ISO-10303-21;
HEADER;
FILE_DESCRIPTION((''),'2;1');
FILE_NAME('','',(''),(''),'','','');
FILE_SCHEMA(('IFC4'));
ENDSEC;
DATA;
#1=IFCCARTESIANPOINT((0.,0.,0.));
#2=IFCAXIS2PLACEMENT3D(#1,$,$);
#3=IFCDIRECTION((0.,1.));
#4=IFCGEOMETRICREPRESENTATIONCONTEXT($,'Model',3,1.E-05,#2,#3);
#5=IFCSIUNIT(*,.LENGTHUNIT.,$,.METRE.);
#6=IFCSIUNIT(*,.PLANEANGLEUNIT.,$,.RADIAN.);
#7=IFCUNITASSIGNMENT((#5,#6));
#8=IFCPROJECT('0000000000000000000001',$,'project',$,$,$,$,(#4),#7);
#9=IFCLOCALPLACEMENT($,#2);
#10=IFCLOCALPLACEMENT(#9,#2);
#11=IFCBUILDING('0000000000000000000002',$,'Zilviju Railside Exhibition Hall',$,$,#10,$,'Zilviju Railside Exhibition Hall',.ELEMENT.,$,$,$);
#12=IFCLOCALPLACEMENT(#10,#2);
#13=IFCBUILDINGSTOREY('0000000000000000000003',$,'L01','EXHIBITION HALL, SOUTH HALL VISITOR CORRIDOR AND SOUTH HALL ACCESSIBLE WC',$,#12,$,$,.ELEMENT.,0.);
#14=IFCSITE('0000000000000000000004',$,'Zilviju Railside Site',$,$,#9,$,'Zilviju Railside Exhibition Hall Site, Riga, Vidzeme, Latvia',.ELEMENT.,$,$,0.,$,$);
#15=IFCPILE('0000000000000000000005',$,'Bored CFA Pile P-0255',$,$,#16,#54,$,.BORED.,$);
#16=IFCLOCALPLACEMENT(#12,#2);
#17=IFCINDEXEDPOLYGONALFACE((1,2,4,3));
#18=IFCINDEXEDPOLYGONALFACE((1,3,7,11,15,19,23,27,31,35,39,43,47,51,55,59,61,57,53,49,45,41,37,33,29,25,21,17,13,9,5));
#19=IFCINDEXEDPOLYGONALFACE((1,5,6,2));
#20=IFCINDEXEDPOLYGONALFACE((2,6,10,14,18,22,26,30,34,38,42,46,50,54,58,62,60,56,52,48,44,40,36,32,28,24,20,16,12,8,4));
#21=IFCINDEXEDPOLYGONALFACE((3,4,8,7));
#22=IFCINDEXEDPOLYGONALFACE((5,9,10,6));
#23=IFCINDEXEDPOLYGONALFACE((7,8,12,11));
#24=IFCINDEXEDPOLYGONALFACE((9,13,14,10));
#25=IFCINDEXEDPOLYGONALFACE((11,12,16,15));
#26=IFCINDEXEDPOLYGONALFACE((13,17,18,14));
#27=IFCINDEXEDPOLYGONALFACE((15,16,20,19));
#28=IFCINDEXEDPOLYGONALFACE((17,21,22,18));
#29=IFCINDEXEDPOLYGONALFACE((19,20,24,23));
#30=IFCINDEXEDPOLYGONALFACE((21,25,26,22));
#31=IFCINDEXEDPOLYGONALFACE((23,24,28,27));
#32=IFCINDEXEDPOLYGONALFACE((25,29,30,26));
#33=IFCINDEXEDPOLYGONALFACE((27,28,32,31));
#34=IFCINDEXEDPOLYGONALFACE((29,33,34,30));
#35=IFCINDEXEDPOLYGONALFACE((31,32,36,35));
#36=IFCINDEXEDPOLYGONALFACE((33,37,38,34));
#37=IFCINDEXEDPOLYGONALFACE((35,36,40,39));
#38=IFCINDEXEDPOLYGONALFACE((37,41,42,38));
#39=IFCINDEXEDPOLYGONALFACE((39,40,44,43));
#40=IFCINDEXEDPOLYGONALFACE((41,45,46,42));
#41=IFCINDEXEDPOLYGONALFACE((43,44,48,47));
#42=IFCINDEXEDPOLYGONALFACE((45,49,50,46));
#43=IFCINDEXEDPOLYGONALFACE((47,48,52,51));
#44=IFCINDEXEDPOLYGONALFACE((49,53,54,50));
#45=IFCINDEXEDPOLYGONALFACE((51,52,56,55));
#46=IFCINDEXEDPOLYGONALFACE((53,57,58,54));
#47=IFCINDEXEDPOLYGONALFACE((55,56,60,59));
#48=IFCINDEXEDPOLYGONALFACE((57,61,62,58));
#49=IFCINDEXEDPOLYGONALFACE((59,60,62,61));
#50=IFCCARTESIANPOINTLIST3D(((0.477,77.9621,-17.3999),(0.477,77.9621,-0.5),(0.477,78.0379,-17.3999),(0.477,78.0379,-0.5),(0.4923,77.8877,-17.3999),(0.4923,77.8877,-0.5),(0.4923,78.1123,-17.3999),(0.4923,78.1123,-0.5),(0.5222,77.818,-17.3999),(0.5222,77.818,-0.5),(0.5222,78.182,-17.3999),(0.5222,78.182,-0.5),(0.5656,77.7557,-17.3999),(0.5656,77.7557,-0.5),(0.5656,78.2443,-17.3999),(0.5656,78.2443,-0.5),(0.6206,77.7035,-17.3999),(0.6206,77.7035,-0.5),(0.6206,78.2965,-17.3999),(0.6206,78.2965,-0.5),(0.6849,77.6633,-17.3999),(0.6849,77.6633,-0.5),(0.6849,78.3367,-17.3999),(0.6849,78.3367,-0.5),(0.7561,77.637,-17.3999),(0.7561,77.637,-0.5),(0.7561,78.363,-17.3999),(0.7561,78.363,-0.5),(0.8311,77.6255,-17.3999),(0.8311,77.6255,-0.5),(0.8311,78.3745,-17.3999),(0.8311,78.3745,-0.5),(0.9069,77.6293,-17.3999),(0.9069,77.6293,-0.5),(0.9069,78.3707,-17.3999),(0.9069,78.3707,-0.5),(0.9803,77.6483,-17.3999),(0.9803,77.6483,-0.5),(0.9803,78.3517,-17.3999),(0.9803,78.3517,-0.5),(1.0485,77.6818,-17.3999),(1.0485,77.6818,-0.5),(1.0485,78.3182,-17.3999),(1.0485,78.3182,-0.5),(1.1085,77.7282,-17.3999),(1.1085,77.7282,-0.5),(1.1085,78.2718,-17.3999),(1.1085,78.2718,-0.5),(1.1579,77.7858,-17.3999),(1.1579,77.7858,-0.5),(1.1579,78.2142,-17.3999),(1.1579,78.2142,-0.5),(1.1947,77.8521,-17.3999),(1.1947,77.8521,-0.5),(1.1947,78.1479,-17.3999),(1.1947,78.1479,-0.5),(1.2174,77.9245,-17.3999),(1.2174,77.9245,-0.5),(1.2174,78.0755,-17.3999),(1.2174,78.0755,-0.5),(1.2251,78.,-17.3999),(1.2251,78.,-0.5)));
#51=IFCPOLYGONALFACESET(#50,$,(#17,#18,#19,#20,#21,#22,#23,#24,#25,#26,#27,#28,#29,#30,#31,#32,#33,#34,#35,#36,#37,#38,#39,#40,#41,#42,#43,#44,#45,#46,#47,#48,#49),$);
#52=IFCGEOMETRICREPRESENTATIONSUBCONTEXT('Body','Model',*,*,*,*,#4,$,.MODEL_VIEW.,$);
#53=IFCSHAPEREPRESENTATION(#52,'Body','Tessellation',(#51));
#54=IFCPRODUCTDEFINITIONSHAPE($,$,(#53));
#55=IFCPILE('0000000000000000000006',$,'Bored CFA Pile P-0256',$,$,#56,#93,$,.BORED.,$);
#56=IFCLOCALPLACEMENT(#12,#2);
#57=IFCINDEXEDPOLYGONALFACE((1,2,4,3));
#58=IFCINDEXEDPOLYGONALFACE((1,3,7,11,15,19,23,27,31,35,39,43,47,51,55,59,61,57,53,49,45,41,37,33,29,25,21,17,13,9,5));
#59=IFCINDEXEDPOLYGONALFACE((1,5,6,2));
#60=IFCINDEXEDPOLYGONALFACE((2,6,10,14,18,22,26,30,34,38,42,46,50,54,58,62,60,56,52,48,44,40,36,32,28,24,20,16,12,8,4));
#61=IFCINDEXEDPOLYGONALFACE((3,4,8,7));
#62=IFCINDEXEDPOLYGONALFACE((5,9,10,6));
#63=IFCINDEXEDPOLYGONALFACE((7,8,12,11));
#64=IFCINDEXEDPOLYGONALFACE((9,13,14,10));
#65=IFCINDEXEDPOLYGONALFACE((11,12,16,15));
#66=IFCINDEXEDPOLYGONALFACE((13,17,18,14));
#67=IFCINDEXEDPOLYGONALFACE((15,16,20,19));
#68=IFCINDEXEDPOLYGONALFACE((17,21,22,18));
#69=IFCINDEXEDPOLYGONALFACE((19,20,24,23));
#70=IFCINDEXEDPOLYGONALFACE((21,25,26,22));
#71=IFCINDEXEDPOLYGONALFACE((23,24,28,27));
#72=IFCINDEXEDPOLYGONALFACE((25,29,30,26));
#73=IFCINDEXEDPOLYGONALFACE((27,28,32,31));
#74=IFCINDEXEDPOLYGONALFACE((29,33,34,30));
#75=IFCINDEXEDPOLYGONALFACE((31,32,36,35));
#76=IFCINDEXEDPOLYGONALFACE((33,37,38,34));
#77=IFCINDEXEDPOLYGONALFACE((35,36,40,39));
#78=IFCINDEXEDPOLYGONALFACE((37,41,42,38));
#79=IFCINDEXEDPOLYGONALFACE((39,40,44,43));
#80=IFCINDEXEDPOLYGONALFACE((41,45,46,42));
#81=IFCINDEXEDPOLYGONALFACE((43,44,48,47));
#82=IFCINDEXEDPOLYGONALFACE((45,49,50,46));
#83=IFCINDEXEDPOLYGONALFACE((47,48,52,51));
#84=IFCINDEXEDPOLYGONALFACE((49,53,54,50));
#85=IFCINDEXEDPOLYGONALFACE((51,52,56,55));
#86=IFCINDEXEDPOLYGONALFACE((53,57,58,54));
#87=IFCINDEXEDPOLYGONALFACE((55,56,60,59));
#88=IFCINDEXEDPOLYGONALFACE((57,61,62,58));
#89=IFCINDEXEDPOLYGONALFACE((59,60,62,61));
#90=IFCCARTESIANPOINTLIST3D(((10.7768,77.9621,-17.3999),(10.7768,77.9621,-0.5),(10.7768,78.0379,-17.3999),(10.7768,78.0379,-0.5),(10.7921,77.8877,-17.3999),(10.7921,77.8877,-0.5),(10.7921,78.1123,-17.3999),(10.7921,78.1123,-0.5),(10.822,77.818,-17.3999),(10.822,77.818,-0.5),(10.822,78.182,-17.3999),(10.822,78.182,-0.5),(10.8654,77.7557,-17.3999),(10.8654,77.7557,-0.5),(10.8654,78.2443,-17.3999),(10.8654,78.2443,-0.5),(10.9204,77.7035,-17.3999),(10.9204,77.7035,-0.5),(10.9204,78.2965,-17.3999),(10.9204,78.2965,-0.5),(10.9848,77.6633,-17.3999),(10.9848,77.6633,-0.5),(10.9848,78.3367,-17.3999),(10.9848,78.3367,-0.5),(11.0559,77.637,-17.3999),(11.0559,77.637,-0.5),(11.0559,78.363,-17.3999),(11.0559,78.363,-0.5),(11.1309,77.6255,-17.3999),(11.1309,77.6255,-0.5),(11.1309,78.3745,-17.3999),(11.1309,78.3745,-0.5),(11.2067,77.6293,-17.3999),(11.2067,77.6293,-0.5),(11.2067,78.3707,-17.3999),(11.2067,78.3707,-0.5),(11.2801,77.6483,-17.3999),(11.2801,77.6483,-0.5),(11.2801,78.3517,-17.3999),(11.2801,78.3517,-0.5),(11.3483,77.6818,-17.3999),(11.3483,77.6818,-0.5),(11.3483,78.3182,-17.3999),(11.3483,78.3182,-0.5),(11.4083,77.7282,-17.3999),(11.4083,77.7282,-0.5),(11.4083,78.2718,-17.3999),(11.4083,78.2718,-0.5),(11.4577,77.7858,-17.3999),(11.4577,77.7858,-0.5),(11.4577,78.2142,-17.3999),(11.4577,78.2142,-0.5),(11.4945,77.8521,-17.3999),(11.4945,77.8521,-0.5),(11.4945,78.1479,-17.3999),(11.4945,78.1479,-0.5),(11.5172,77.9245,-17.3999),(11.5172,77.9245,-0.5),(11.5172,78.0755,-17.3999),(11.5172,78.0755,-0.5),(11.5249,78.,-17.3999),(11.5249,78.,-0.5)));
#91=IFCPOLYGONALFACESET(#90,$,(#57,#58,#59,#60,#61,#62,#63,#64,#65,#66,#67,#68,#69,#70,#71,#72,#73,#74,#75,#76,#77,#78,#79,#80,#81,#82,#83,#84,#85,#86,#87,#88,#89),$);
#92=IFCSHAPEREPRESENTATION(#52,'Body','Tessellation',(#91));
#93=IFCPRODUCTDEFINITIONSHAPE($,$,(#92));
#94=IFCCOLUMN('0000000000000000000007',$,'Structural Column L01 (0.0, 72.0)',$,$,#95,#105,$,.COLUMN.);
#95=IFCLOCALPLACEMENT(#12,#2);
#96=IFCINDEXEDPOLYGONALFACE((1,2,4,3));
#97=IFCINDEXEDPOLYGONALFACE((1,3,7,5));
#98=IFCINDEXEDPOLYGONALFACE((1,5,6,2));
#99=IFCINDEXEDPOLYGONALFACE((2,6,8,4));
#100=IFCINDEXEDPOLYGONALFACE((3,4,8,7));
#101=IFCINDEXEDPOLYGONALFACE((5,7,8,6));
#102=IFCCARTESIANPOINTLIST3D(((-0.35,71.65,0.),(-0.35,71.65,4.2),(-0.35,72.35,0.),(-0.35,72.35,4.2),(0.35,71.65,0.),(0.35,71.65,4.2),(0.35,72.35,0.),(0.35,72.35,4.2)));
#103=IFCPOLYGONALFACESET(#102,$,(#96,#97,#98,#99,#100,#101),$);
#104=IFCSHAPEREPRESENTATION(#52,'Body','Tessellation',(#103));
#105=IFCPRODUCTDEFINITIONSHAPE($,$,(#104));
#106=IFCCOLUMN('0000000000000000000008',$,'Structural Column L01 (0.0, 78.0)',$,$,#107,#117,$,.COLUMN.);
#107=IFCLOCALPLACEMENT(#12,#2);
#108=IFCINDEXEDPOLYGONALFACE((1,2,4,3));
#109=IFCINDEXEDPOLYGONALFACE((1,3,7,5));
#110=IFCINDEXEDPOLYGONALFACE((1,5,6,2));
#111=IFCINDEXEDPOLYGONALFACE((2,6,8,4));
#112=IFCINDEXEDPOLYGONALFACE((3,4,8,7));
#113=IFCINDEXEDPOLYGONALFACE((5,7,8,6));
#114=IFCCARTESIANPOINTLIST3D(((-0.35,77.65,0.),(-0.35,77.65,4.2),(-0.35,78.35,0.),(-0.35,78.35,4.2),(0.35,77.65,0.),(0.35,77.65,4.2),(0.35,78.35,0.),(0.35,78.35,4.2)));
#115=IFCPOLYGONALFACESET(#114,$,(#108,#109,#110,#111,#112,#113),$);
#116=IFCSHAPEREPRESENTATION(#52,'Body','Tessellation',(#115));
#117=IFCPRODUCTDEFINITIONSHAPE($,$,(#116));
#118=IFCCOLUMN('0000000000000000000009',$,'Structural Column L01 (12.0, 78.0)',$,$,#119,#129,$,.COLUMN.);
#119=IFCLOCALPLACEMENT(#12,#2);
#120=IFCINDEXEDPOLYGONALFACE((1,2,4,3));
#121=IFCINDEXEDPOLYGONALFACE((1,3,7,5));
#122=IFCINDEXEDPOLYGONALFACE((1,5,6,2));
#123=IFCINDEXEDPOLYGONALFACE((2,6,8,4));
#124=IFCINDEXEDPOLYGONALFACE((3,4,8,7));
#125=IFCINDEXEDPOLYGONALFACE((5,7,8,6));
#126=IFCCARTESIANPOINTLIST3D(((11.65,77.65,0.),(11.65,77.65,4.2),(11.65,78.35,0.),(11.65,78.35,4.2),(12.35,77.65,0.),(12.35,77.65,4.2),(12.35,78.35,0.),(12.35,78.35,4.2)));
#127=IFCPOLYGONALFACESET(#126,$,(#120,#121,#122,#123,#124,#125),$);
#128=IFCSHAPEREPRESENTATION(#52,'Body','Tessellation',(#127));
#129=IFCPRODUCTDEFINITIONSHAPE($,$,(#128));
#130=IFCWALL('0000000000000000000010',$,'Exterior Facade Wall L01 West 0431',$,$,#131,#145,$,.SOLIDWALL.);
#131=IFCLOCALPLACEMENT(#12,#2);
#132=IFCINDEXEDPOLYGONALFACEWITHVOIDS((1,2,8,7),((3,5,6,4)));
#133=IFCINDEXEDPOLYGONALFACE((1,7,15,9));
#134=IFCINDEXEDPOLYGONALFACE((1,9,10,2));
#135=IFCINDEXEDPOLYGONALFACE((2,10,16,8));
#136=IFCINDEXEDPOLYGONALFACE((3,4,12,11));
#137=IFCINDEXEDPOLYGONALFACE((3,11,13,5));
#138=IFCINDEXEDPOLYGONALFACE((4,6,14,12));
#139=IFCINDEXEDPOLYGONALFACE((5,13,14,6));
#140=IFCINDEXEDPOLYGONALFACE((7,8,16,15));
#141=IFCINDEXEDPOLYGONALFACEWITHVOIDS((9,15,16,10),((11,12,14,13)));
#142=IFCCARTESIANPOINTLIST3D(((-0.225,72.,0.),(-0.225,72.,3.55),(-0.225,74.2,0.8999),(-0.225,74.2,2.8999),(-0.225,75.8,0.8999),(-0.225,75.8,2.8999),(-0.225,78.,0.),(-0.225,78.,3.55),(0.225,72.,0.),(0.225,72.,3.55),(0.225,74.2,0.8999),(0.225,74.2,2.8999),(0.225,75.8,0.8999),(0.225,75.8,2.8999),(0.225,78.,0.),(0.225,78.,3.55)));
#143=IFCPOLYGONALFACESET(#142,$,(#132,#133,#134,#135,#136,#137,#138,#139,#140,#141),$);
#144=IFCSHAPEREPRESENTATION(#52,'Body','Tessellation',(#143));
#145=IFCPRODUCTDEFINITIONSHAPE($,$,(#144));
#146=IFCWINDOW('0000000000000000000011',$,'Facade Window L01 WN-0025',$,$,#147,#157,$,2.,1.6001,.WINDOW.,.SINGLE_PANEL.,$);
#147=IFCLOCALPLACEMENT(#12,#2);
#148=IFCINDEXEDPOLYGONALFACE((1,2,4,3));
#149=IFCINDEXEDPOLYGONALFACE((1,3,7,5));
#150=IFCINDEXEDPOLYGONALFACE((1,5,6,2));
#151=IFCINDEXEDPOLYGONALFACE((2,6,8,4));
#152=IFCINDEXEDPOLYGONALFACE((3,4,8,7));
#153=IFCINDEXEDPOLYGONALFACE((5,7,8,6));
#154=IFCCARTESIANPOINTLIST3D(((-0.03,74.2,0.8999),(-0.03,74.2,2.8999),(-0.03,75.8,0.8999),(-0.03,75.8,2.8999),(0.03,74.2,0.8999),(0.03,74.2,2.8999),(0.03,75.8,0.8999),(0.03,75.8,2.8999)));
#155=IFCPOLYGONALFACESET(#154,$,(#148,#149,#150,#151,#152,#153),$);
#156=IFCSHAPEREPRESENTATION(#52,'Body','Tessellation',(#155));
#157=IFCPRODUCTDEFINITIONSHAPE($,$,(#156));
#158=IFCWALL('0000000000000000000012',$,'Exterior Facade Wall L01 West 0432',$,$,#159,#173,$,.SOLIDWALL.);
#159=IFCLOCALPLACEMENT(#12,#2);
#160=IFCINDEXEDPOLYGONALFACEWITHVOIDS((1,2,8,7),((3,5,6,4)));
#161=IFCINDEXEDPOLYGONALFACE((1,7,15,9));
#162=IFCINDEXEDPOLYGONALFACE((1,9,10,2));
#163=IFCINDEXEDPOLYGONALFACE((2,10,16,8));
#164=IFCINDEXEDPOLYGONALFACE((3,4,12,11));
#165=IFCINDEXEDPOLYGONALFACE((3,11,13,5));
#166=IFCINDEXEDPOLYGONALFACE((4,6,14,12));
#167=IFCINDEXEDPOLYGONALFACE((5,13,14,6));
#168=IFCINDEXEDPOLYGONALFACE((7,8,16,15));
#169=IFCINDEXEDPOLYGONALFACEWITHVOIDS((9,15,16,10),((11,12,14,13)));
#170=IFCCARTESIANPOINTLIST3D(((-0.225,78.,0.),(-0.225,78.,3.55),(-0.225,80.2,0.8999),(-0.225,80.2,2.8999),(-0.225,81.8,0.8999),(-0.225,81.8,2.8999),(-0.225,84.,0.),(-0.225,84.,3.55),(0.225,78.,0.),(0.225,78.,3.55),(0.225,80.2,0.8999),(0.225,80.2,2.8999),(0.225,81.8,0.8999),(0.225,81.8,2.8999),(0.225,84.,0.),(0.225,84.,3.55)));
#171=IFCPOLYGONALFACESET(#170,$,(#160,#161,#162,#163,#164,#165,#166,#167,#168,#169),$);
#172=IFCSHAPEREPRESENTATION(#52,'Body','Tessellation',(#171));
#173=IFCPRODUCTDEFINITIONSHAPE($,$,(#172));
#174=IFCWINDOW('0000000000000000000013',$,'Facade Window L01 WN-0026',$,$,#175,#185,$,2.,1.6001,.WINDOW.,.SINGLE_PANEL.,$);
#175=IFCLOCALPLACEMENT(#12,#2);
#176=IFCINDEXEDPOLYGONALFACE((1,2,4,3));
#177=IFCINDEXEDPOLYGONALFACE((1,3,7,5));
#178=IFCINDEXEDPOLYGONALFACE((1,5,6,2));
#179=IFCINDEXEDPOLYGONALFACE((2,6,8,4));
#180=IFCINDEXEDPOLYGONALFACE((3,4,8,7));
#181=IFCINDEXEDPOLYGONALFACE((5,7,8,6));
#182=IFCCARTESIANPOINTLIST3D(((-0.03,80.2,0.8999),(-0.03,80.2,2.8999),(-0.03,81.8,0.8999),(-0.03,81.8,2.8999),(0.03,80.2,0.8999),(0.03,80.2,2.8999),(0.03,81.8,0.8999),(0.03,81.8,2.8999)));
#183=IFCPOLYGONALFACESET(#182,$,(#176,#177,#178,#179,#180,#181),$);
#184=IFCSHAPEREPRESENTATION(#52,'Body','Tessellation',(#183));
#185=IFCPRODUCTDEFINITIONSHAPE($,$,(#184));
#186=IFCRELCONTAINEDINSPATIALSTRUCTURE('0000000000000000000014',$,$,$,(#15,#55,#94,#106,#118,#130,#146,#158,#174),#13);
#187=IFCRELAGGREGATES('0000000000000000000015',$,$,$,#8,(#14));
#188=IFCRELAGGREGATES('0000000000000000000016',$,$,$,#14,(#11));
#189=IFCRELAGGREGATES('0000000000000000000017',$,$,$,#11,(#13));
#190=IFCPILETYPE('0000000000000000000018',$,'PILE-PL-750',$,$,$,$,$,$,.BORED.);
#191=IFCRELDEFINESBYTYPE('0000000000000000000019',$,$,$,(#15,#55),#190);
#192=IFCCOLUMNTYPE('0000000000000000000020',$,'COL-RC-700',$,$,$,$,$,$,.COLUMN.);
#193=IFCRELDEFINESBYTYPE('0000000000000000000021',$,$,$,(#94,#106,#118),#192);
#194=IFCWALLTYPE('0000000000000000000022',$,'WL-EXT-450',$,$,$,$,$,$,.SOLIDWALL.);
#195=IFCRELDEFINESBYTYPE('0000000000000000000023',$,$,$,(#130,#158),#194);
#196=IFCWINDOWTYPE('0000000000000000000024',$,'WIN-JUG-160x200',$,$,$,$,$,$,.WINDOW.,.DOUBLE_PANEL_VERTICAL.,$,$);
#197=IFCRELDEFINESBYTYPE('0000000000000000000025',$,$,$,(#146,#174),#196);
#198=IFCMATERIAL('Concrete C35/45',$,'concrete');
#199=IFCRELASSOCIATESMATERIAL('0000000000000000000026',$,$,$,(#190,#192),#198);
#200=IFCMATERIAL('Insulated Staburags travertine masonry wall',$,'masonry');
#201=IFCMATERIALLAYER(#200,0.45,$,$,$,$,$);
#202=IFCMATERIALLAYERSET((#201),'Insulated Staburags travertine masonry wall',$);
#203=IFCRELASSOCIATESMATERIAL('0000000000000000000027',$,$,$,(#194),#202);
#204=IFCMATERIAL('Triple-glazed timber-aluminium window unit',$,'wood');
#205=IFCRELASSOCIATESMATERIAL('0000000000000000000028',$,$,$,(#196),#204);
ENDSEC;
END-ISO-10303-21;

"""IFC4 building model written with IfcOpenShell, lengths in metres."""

from ifc_helpers import new_model, si_unit, direction, frame, frame_2d, origin, origin_2d, place, context, subcontext, project, spatial, rectangle, circle, extrude, material, layer, layer_set, material_profile, profile_set, type_object, element, fill, save


model = new_model("IFC4")

# Units and contexts
model_context = context("Model", 3, precision=1e-05, world=origin(), true_north=direction((0.0, 1.0)))
body_context = subcontext(model_context, "Body", "Model", "MODEL_VIEW")
ifc_project = project(units=[si_unit("LENGTHUNIT", "METRE"), si_unit("PLANEANGLEUNIT", "RADIAN")], contexts=[model_context])

# Site, building, storey
site_placement = place(None, origin())
site = spatial("IfcSite", under=ifc_project, at=site_placement, Name="Zilviju Railside Site", LongName="Zilviju Railside Exhibition Hall Site, Riga, Vidzeme, Latvia", CompositionType="ELEMENT", RefElevation=0.0)
building_placement = place(site_placement, origin())
building = spatial("IfcBuilding", under=site, at=building_placement, Name="Zilviju Railside Exhibition Hall", LongName="Zilviju Railside Exhibition Hall", CompositionType="ELEMENT")
storey_placement = place(building_placement, origin())
storey = spatial("IfcBuildingStorey", under=building, at=storey_placement, Name="L01", Description="EXHIBITION HALL, SOUTH HALL VISITOR CORRIDOR AND SOUTH HALL ACCESSIBLE WC", CompositionType="ELEMENT", Elevation=0.0)

# Shared definitions
ifc_material_1 = material(Name="Concrete C35/45", Category="concrete")

# Piles
ifc_material_profile_1 = material_profile(ifc_material_1, circle(Radius=0.375, at=origin_2d()), Name="CFA PILE D750")
ifc_profile_set_1 = profile_set([ifc_material_profile_1], Name="Concrete C35/45")
pile_type = type_object("IfcPileType", Name="PILE-PL-750", PredefinedType="BORED", material=ifc_profile_set_1)
for number, where, z_axis, x_axis, name in (
    (1, (0.8501, 78.0, -0.5), (0.0, 0.0, -1.0), (1.0, 0.0, 0.0), "Bored CFA Pile P-0255"),
    (2, (11.1499, 78.0, -0.5), (0.0, 0.0, -1.0), (1.0, 0.0, 0.0), "Bored CFA Pile P-0256"),
):
    element("IfcPile", number, at=place(storey_placement, frame(where, z_axis=z_axis, x_axis=x_axis)), inside=storey, type_object=pile_type, Name=name, PredefinedType="BORED", context=body_context, shape_type="SweptSolid", body=[
        extrude(circle(Radius=0.375, at=origin_2d()), origin(), (0.0, 0.0, 1.0), 16.8999),
    ])

# Columns
ifc_material_profile_2 = material_profile(ifc_material_1, rectangle(XDim=0.7, YDim=0.7, at=origin_2d()), Name="RC COL 700x700")
ifc_profile_set_2 = profile_set([ifc_material_profile_2], Name="Concrete C35/45")
column_type = type_object("IfcColumnType", Name="COL-RC-700", PredefinedType="COLUMN", material=ifc_profile_set_2)
for number, where, z_axis, x_axis, name in (
    (3, (0.0, 72.0, 0.0), (0.0, 0.0, 1.0), (1.0, 0.0, 0.0), "Structural Column L01 (0.0, 72.0)"),
    (4, (0.0, 78.0, 0.0), (0.0, 0.0, 1.0), (1.0, 0.0, 0.0), "Structural Column L01 (0.0, 78.0)"),
    (5, (12.0, 78.0, 0.0), (0.0, 0.0, 1.0), (1.0, 0.0, 0.0), "Structural Column L01 (12.0, 78.0)"),
):
    element("IfcColumn", number, at=place(storey_placement, frame(where, z_axis=z_axis, x_axis=x_axis)), inside=storey, type_object=column_type, Name=name, PredefinedType="COLUMN", context=body_context, shape_type="SweptSolid", body=[
        extrude(rectangle(XDim=0.7, YDim=0.7, at=origin_2d()), origin(), (0.0, 0.0, 1.0), 4.2),
    ])

# Walls, openings, windows
ifc_material_2 = material(Name="Insulated Staburags travertine masonry wall", Category="masonry")
ifc_layer_1 = layer(ifc_material_2, 0.45)
ifc_layer_set_1 = layer_set([ifc_layer_1], Name="Insulated Staburags travertine masonry wall")
wall_type_1 = type_object("IfcWallType", Name="WL-EXT-450", PredefinedType="SOLIDWALL", material=ifc_layer_set_1)
wall_1_placement = place(storey_placement, frame((0.0, 72.0, 0.0), z_axis=(0.0, 0.0, 1.0), x_axis=(0.0, 1.0, 0.0)))
wall_1 = element("IfcWall", 6, at=wall_1_placement, inside=storey, type_object=wall_type_1, Name="Exterior Facade Wall L01 West 0431", PredefinedType="SOLIDWALL", context=body_context, shape_type="SweptSolid", body=[
    extrude(rectangle(XDim=6.0, YDim=0.45, at=frame_2d((3.0, 0.0))), origin(), (0.0, 0.0, 1.0), 3.55),
])
opening_1_placement = place(wall_1_placement, frame((2.2, 0.0, 0.8999)))
opening_1 = element("IfcOpeningElement", 7, at=opening_1_placement, cuts=wall_1, PredefinedType="OPENING", context=body_context, shape_type="SweptSolid", body=[
    extrude(rectangle(XDim=1.6001, YDim=2.0, at=frame_2d((0.8, 1.0))), frame((0.0, 0.2349, 0.0), z_axis=(0.0, -1.0, 0.0), x_axis=(1.0, 0.0, 0.0)), (0.0, 0.0, 1.0), 0.47),
])
ifc_material_3 = material(Name="Triple-glazed timber-aluminium window unit", Category="wood")
window_type = type_object("IfcWindowType", Name="WIN-JUG-160x200", PartitioningType="DOUBLE_PANEL_VERTICAL", PredefinedType="WINDOW", material=ifc_material_3)
window_1_placement = place(opening_1_placement, origin())
window_1 = element("IfcWindow", 8, at=window_1_placement, inside=storey, type_object=window_type, Name="Facade Window L01 WN-0025", OverallHeight=2.0, OverallWidth=1.6001, PartitioningType="SINGLE_PANEL", PredefinedType="WINDOW", context=body_context, shape_type="SweptSolid", body=[
    extrude(rectangle(XDim=1.6001, YDim=2.0, at=frame_2d((0.8, 1.0))), frame((0.0, 0.03, 0.0), z_axis=(0.0, -1.0, 0.0), x_axis=(1.0, 0.0, 0.0)), (0.0, 0.0, 1.0), 0.0601),
])
fill(opening_1, window_1)
wall_2_placement = place(storey_placement, frame((0.0, 78.0, 0.0), z_axis=(0.0, 0.0, 1.0), x_axis=(0.0, 1.0, 0.0)))
wall_2 = element("IfcWall", 9, at=wall_2_placement, inside=storey, type_object=wall_type_1, Name="Exterior Facade Wall L01 West 0432", PredefinedType="SOLIDWALL", context=body_context, shape_type="SweptSolid", body=[
    extrude(rectangle(XDim=6.0, YDim=0.45, at=frame_2d((3.0, 0.0))), origin(), (0.0, 0.0, 1.0), 3.55),
])
opening_2_placement = place(wall_2_placement, frame((2.2, 0.0, 0.8999)))
opening_2 = element("IfcOpeningElement", 10, at=opening_2_placement, cuts=wall_2, PredefinedType="OPENING", context=body_context, shape_type="SweptSolid", body=[
    extrude(rectangle(XDim=1.6001, YDim=2.0, at=frame_2d((0.8, 1.0))), frame((0.0, 0.2349, 0.0), z_axis=(0.0, -1.0, 0.0), x_axis=(1.0, 0.0, 0.0)), (0.0, 0.0, 1.0), 0.47),
])
window_2_placement = place(opening_2_placement, origin())
window_2 = element("IfcWindow", 11, at=window_2_placement, inside=storey, type_object=window_type, Name="Facade Window L01 WN-0026", OverallHeight=2.0, OverallWidth=1.6001, PartitioningType="SINGLE_PANEL", PredefinedType="WINDOW", context=body_context, shape_type="SweptSolid", body=[
    extrude(rectangle(XDim=1.6001, YDim=2.0, at=frame_2d((0.8, 1.0))), frame((0.0, 0.03, 0.0), z_axis=(0.0, -1.0, 0.0), x_axis=(1.0, 0.0, 0.0)), (0.0, 0.0, 1.0), 0.0601),
])
fill(opening_2, window_2)

save(model, "model.ifc")
